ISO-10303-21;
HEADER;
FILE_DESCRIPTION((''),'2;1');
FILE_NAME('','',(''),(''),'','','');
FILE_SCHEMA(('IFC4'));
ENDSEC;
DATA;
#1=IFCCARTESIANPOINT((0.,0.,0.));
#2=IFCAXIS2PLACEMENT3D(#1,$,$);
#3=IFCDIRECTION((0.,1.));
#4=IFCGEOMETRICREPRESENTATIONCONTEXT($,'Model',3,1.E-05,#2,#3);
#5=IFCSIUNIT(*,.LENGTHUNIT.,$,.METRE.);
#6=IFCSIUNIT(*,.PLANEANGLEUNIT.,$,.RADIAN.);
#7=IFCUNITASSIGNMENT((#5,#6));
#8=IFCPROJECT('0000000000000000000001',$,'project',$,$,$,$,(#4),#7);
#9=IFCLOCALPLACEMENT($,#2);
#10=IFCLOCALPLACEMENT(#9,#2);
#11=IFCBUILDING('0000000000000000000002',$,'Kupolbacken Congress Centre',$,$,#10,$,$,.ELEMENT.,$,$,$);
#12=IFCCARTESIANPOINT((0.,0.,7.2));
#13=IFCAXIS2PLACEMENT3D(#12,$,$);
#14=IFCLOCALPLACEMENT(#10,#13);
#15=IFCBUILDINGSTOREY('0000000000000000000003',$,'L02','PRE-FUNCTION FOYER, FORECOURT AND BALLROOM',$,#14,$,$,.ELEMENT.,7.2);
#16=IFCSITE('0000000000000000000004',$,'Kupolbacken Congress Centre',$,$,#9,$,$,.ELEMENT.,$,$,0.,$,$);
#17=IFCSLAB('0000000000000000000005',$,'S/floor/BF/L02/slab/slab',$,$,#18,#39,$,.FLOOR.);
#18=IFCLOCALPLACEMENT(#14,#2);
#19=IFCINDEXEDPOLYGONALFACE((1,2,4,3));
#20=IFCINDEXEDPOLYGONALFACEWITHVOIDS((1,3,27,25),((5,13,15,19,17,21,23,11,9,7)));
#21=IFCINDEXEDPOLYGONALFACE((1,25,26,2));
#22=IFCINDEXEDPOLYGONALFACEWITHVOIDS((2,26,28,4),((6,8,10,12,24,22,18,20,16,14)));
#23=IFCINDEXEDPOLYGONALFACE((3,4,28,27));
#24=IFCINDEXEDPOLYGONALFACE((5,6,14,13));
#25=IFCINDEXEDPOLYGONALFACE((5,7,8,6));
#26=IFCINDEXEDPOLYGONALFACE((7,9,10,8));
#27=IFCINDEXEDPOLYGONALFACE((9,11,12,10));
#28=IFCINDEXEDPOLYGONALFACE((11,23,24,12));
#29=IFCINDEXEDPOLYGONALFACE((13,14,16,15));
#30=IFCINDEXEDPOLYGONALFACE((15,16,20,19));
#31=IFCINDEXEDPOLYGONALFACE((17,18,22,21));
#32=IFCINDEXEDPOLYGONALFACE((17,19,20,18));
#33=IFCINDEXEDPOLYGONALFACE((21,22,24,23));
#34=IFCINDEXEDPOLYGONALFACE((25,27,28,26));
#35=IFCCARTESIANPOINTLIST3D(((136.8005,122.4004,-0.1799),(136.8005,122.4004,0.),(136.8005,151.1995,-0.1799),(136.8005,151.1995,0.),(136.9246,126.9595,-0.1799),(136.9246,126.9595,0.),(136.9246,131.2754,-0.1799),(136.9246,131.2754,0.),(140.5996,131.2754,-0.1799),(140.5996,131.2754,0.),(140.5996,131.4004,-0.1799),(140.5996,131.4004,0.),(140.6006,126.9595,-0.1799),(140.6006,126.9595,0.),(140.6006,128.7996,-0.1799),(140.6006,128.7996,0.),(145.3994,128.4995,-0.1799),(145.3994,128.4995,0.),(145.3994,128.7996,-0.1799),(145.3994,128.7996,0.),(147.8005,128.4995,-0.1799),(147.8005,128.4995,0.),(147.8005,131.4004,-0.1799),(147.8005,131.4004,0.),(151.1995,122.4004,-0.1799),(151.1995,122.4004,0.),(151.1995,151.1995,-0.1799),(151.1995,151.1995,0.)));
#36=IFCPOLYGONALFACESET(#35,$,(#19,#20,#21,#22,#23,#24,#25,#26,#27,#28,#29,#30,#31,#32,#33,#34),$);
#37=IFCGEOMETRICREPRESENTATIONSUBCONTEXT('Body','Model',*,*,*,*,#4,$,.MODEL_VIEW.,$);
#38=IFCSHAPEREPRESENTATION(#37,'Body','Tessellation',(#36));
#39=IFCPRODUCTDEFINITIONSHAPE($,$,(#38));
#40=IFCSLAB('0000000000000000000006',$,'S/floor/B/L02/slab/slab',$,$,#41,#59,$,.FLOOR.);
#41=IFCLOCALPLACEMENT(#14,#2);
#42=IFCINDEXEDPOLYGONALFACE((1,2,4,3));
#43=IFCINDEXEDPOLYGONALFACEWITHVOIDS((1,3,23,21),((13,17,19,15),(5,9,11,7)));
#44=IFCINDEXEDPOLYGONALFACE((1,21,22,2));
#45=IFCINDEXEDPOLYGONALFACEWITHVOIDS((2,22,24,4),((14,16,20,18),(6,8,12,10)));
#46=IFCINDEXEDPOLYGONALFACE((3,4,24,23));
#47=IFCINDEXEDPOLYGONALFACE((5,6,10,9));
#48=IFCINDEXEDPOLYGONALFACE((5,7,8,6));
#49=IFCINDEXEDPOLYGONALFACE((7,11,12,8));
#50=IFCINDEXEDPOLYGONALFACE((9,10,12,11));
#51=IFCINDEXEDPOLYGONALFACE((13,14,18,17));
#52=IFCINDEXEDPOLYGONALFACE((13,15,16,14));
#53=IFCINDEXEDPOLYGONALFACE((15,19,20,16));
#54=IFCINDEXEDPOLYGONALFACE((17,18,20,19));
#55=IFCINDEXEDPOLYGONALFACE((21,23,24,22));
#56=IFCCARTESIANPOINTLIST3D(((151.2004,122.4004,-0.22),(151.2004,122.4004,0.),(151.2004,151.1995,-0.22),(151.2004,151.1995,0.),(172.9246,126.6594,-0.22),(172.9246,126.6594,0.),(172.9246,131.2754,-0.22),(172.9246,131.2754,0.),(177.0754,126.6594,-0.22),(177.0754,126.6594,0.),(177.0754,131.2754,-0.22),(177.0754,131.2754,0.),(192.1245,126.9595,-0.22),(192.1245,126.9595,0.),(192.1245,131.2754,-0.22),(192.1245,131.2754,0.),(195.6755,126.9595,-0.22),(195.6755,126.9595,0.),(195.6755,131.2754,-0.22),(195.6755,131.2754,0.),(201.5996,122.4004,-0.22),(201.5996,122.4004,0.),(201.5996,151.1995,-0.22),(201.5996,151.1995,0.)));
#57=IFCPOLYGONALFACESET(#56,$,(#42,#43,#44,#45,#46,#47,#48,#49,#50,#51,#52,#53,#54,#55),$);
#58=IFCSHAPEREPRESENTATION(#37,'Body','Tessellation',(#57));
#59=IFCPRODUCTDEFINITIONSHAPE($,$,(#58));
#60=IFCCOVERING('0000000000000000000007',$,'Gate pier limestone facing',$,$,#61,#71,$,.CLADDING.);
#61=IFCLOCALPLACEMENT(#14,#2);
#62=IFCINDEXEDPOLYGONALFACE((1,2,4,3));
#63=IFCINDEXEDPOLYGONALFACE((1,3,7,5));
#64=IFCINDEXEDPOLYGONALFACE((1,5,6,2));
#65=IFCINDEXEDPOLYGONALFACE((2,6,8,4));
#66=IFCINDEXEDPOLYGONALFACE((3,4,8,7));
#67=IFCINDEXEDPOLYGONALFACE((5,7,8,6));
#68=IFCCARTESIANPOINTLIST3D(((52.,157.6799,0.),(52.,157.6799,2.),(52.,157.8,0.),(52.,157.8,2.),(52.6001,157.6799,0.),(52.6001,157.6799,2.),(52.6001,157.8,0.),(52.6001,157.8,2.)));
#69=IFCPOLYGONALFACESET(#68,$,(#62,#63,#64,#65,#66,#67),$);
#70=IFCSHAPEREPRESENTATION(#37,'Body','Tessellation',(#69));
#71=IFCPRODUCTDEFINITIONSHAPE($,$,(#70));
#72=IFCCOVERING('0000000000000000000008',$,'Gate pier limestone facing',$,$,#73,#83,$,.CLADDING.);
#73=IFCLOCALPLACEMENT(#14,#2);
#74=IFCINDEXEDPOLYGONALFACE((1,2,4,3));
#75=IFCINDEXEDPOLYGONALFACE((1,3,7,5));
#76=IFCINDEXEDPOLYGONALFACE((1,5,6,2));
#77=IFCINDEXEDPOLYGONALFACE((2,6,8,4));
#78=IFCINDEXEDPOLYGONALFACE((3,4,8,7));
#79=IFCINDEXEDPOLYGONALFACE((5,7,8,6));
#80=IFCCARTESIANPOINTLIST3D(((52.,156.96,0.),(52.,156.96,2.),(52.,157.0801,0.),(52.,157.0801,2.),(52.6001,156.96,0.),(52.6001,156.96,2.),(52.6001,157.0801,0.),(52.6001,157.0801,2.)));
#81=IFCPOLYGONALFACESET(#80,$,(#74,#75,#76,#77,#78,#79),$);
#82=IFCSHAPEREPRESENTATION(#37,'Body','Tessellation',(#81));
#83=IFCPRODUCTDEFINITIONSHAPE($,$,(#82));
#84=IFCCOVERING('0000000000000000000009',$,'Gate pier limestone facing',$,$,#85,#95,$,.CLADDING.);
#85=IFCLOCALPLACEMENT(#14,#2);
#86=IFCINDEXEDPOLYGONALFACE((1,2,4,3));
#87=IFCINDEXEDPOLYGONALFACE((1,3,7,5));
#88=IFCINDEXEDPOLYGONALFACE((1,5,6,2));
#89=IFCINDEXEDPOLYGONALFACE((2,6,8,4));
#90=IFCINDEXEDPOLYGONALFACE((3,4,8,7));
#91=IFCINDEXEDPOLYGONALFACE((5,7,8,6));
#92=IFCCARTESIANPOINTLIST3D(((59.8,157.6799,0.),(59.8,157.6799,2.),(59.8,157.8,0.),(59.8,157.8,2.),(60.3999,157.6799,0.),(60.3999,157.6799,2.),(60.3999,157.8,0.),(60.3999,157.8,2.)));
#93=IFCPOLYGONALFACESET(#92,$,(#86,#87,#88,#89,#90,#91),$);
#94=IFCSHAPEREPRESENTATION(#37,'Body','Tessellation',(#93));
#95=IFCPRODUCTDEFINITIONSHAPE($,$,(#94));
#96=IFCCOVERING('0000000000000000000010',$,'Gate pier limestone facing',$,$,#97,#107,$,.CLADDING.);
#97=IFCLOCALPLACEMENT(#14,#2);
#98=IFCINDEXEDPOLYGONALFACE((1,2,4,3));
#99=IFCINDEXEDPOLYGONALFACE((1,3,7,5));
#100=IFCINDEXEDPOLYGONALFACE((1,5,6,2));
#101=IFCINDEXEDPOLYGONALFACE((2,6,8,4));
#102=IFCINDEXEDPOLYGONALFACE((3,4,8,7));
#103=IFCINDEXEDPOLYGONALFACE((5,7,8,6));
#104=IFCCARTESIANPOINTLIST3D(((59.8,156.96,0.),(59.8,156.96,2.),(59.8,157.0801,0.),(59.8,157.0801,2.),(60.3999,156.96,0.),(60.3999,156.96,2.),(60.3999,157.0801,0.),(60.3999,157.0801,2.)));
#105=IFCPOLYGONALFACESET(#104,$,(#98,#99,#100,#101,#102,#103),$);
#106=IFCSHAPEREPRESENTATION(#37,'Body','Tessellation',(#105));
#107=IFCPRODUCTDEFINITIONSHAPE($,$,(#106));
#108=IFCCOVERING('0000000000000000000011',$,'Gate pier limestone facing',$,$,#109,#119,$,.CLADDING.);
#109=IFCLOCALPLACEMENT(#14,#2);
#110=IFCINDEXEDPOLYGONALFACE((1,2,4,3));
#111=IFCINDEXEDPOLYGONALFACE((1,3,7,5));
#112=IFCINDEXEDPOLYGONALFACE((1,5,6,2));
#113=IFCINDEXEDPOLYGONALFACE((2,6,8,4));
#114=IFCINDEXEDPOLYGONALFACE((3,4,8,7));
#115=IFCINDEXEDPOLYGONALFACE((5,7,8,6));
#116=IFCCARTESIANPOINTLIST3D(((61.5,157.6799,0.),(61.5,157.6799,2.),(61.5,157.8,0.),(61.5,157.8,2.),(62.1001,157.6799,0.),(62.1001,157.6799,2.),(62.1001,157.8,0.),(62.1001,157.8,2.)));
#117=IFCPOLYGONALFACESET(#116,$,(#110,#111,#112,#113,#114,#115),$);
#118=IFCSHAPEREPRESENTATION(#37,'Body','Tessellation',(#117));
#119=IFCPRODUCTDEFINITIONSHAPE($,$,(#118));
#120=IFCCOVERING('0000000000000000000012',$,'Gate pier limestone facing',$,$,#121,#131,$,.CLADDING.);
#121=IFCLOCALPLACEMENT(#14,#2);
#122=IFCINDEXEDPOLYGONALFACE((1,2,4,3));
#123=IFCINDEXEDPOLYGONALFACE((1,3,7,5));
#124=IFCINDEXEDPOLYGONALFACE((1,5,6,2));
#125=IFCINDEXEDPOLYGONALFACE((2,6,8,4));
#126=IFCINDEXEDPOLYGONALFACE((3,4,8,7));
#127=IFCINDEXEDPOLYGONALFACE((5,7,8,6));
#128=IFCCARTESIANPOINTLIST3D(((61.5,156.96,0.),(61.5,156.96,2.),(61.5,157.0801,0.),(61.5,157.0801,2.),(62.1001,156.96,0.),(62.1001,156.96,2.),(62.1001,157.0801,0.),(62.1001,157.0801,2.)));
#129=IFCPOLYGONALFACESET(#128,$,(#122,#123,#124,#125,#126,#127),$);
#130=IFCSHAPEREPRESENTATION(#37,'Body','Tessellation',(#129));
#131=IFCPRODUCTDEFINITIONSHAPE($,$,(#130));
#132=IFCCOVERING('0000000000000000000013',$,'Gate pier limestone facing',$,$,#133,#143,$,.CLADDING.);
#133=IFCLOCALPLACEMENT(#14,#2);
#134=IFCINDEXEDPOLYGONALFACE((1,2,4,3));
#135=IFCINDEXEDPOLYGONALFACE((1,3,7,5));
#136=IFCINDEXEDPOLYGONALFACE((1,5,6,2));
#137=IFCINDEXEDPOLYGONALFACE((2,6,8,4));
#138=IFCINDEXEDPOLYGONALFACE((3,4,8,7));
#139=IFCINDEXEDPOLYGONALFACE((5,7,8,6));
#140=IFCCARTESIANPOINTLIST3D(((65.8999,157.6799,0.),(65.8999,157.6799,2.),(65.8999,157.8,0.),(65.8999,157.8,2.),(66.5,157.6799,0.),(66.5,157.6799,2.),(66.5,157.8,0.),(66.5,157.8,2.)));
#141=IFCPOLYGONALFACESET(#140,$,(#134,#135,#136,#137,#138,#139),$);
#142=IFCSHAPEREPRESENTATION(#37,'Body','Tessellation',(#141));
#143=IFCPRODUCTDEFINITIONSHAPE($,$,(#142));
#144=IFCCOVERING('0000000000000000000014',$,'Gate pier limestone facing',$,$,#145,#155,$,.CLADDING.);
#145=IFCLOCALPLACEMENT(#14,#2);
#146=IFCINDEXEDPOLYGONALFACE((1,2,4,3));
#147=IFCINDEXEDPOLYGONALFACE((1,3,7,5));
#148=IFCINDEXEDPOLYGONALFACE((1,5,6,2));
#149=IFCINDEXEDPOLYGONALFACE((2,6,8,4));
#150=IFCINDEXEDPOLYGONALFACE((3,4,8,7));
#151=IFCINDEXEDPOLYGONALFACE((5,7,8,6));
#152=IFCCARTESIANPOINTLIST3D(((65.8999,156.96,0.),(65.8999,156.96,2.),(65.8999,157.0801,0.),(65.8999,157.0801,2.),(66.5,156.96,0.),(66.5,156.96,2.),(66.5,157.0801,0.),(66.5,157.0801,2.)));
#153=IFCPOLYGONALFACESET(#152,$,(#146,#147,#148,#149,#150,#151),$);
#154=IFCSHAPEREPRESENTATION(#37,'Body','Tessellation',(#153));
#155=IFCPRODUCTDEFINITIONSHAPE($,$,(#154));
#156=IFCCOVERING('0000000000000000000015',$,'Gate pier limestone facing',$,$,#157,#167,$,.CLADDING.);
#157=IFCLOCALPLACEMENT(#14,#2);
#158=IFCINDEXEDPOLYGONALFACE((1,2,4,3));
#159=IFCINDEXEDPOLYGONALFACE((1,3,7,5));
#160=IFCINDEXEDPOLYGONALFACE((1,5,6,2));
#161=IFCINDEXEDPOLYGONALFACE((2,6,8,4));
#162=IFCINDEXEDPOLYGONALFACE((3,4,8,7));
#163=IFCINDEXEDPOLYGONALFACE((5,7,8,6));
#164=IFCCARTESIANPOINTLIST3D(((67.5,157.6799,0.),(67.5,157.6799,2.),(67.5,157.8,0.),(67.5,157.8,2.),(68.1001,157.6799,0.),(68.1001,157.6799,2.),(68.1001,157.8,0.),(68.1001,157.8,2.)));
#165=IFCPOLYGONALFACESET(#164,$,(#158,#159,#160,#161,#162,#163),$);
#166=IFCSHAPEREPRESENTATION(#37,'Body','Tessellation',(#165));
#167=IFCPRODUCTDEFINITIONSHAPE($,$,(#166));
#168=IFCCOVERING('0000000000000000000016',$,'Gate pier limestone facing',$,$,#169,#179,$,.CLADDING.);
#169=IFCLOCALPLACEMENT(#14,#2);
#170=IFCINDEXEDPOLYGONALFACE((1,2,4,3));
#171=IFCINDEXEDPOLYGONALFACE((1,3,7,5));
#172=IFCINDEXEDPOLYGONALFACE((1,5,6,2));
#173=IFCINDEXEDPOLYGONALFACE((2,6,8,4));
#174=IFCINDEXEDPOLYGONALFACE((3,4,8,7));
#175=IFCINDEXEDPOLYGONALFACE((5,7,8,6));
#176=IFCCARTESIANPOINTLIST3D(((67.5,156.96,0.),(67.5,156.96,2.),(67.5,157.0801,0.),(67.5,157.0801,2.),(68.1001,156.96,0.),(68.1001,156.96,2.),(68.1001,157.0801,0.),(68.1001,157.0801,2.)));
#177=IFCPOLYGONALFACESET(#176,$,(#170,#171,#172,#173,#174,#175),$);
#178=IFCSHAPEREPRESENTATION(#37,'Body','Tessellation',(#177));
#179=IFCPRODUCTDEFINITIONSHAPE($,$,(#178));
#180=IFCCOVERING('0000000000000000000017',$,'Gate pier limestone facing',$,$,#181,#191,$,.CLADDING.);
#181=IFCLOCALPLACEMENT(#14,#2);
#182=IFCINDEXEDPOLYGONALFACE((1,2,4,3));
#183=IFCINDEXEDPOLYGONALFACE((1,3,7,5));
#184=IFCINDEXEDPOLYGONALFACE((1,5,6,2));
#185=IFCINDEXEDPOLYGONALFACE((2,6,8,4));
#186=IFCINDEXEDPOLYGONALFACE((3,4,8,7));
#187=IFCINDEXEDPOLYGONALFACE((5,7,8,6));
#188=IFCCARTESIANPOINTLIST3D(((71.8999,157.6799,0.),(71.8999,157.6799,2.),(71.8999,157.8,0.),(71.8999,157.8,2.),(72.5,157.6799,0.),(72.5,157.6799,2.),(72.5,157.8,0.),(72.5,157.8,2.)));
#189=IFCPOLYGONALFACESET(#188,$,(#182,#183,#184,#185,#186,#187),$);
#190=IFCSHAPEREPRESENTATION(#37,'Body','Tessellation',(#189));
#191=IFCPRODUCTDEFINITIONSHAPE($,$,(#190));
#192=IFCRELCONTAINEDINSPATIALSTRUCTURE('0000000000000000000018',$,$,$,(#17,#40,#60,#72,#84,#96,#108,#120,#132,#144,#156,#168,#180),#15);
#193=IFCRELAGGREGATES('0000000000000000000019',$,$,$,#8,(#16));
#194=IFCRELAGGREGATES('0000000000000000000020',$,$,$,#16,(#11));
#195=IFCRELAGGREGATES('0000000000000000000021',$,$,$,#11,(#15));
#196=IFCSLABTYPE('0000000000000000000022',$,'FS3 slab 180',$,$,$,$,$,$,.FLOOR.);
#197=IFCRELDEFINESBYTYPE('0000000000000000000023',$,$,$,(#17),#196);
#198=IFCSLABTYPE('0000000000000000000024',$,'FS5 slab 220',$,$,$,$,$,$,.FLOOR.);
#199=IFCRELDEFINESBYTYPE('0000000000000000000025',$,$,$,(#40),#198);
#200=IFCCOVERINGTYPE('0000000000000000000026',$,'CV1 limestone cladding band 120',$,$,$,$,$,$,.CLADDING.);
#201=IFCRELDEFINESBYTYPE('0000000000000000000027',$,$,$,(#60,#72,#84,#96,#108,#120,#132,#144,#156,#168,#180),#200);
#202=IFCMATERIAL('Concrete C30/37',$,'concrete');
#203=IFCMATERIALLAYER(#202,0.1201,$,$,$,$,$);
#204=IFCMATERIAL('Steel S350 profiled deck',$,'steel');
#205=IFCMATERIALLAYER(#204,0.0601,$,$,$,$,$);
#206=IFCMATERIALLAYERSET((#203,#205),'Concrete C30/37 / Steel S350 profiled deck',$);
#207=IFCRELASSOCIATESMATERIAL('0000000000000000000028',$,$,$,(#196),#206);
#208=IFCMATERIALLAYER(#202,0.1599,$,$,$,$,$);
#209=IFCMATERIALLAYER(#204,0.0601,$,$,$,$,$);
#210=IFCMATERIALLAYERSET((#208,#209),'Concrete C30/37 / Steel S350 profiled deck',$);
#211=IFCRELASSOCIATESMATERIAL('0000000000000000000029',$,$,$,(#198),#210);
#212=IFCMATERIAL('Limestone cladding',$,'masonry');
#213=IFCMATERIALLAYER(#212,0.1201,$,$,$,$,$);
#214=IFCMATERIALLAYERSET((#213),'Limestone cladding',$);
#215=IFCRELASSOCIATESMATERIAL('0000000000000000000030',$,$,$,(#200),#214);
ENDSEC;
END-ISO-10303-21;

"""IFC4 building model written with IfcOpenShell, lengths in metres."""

from ifc_helpers import new_model, si_unit, direction, frame, origin, place, context, subcontext, project, spatial, polyline, outline, extrude, material, layer, layer_set, type_object, element, save


model = new_model("IFC4")

# Units and contexts
model_context = context("Model", 3, precision=1e-05, world=origin(), true_north=direction((0.0, 1.0)))
body_context = subcontext(model_context, "Body", "Model", "MODEL_VIEW")
ifc_project = project(units=[si_unit("LENGTHUNIT", "METRE"), si_unit("PLANEANGLEUNIT", "RADIAN")], contexts=[model_context])

# Site, building, storey
site_placement = place(None, origin())
site = spatial("IfcSite", under=ifc_project, at=site_placement, Name="Kupolbacken Congress Centre", CompositionType="ELEMENT", RefElevation=0.0)
building_placement = place(site_placement, origin())
building = spatial("IfcBuilding", under=site, at=building_placement, Name="Kupolbacken Congress Centre", CompositionType="ELEMENT")
storey_placement = place(building_placement, frame((0.0, 0.0, 7.2)))
storey = spatial("IfcBuildingStorey", under=building, at=storey_placement, Name="L02", Description="PRE-FUNCTION FOYER, FORECOURT AND BALLROOM", CompositionType="ELEMENT", Elevation=7.2)

# Slabs
ifc_material_1 = material(Name="Concrete C30/37", Category="concrete")
ifc_layer_1 = layer(ifc_material_1, 0.1201)
ifc_material_2 = material(Name="Steel S350 profiled deck", Category="steel")
ifc_layer_2 = layer(ifc_material_2, 0.0601)
ifc_layer_set_1 = layer_set([ifc_layer_1, ifc_layer_2], Name="Concrete C30/37 / Steel S350 profiled deck")
slab_type_1 = type_object("IfcSlabType", Name="FS3 slab 180", PredefinedType="FLOOR", material=ifc_layer_set_1)
slab_1_placement = place(storey_placement, frame((0.0, 0.0, -0.1799)))
element("IfcSlab", 1, at=slab_1_placement, inside=storey, type_object=slab_type_1, Name="S/floor/BF/L02/slab/slab", PredefinedType="FLOOR", context=body_context, shape_type="SweptSolid", body=[
    extrude(outline(polyline([(151.1995, 122.4004), (151.1995, 151.1995), (136.8005, 151.1995), (136.8005, 122.4004), (151.1995, 122.4004)]), holes=[polyline([(140.5996, 131.2754), (140.5996, 131.4004), (147.8005, 131.4004), (147.8005, 128.4995), (145.3994, 128.4995), (145.3994, 128.7996), (140.6006, 128.7996), (140.6006, 126.9595), (136.9246, 126.9595), (136.9246, 131.2754), (140.5996, 131.2754)])]), origin(), (0.0, 0.0, 1.0), 0.1799),
])
ifc_layer_3 = layer(ifc_material_1, 0.1599)
ifc_layer_4 = layer(ifc_material_2, 0.0601)
ifc_layer_set_2 = layer_set([ifc_layer_3, ifc_layer_4], Name="Concrete C30/37 / Steel S350 profiled deck")
slab_type_2 = type_object("IfcSlabType", Name="FS5 slab 220", PredefinedType="FLOOR", material=ifc_layer_set_2)
slab_2_placement = place(storey_placement, frame((0.0, 0.0, -0.22)))
element("IfcSlab", 2, at=slab_2_placement, inside=storey, type_object=slab_type_2, Name="S/floor/B/L02/slab/slab", PredefinedType="FLOOR", context=body_context, shape_type="SweptSolid", body=[
    extrude(outline(polyline([(201.5996, 122.4004), (201.5996, 151.1995), (151.2004, 151.1995), (151.2004, 122.4004), (201.5996, 122.4004)]), holes=[polyline([(195.6755, 131.2754), (195.6755, 126.9595), (192.1245, 126.9595), (192.1245, 131.2754), (195.6755, 131.2754)]), polyline([(177.0754, 131.2754), (177.0754, 126.6594), (172.9246, 126.6594), (172.9246, 131.2754), (177.0754, 131.2754)])]), origin(), (0.0, 0.0, 1.0), 0.22),
])

# Coverings
ifc_material_3 = material(Name="Limestone cladding", Category="masonry")
ifc_layer_5 = layer(ifc_material_3, 0.1201)
ifc_layer_set_3 = layer_set([ifc_layer_5], Name="Limestone cladding")
covering_type = type_object("IfcCoveringType", Name="CV1 limestone cladding band 120", PredefinedType="CLADDING", material=ifc_layer_set_3)
covering_1_placement = place(storey_placement, origin())
element("IfcCovering", 3, at=covering_1_placement, inside=storey, type_object=covering_type, Name="Gate pier limestone facing", PredefinedType="CLADDING", context=body_context, shape_type="SweptSolid", body=[
    extrude(outline(polyline([(52.0, 157.6799), (52.0, 157.8), (52.6001, 157.8), (52.6001, 157.6799), (52.0, 157.6799)])), origin(), (0.0, 0.0, 1.0), 2.0),
])
covering_2_placement = place(storey_placement, origin())
element("IfcCovering", 4, at=covering_2_placement, inside=storey, type_object=covering_type, Name="Gate pier limestone facing", PredefinedType="CLADDING", context=body_context, shape_type="SweptSolid", body=[
    extrude(outline(polyline([(52.0, 156.96), (52.0, 157.0801), (52.6001, 157.0801), (52.6001, 156.96), (52.0, 156.96)])), origin(), (0.0, 0.0, 1.0), 2.0),
])
covering_3_placement = place(storey_placement, origin())
element("IfcCovering", 5, at=covering_3_placement, inside=storey, type_object=covering_type, Name="Gate pier limestone facing", PredefinedType="CLADDING", context=body_context, shape_type="SweptSolid", body=[
    extrude(outline(polyline([(59.8, 157.6799), (59.8, 157.8), (60.3999, 157.8), (60.3999, 157.6799), (59.8, 157.6799)])), origin(), (0.0, 0.0, 1.0), 2.0),
])
covering_4_placement = place(storey_placement, origin())
element("IfcCovering", 6, at=covering_4_placement, inside=storey, type_object=covering_type, Name="Gate pier limestone facing", PredefinedType="CLADDING", context=body_context, shape_type="SweptSolid", body=[
    extrude(outline(polyline([(59.8, 156.96), (59.8, 157.0801), (60.3999, 157.0801), (60.3999, 156.96), (59.8, 156.96)])), origin(), (0.0, 0.0, 1.0), 2.0),
])
covering_5_placement = place(storey_placement, origin())
element("IfcCovering", 7, at=covering_5_placement, inside=storey, type_object=covering_type, Name="Gate pier limestone facing", PredefinedType="CLADDING", context=body_context, shape_type="SweptSolid", body=[
    extrude(outline(polyline([(61.5, 157.6799), (61.5, 157.8), (62.1001, 157.8), (62.1001, 157.6799), (61.5, 157.6799)])), origin(), (0.0, 0.0, 1.0), 2.0),
])
covering_6_placement = place(storey_placement, origin())
element("IfcCovering", 8, at=covering_6_placement, inside=storey, type_object=covering_type, Name="Gate pier limestone facing", PredefinedType="CLADDING", context=body_context, shape_type="SweptSolid", body=[
    extrude(outline(polyline([(61.5, 156.96), (61.5, 157.0801), (62.1001, 157.0801), (62.1001, 156.96), (61.5, 156.96)])), origin(), (0.0, 0.0, 1.0), 2.0),
])
covering_7_placement = place(storey_placement, origin())
element("IfcCovering", 9, at=covering_7_placement, inside=storey, type_object=covering_type, Name="Gate pier limestone facing", PredefinedType="CLADDING", context=body_context, shape_type="SweptSolid", body=[
    extrude(outline(polyline([(65.8999, 157.6799), (65.8999, 157.8), (66.5, 157.8), (66.5, 157.6799), (65.8999, 157.6799)])), origin(), (0.0, 0.0, 1.0), 2.0),
])
covering_8_placement = place(storey_placement, origin())
element("IfcCovering", 10, at=covering_8_placement, inside=storey, type_object=covering_type, Name="Gate pier limestone facing", PredefinedType="CLADDING", context=body_context, shape_type="SweptSolid", body=[
    extrude(outline(polyline([(65.8999, 156.96), (65.8999, 157.0801), (66.5, 157.0801), (66.5, 156.96), (65.8999, 156.96)])), origin(), (0.0, 0.0, 1.0), 2.0),
])
covering_9_placement = place(storey_placement, origin())
element("IfcCovering", 11, at=covering_9_placement, inside=storey, type_object=covering_type, Name="Gate pier limestone facing", PredefinedType="CLADDING", context=body_context, shape_type="SweptSolid", body=[
    extrude(outline(polyline([(67.5, 157.6799), (67.5, 157.8), (68.1001, 157.8), (68.1001, 157.6799), (67.5, 157.6799)])), origin(), (0.0, 0.0, 1.0), 2.0),
])
covering_10_placement = place(storey_placement, origin())
element("IfcCovering", 12, at=covering_10_placement, inside=storey, type_object=covering_type, Name="Gate pier limestone facing", PredefinedType="CLADDING", context=body_context, shape_type="SweptSolid", body=[
    extrude(outline(polyline([(67.5, 156.96), (67.5, 157.0801), (68.1001, 157.0801), (68.1001, 156.96), (67.5, 156.96)])), origin(), (0.0, 0.0, 1.0), 2.0),
])
covering_11_placement = place(storey_placement, origin())
element("IfcCovering", 13, at=covering_11_placement, inside=storey, type_object=covering_type, Name="Gate pier limestone facing", PredefinedType="CLADDING", context=body_context, shape_type="SweptSolid", body=[
    extrude(outline(polyline([(71.8999, 157.6799), (71.8999, 157.8), (72.5, 157.8), (72.5, 157.6799), (71.8999, 157.6799)])), origin(), (0.0, 0.0, 1.0), 2.0),
])

save(model, "model.ifc")
